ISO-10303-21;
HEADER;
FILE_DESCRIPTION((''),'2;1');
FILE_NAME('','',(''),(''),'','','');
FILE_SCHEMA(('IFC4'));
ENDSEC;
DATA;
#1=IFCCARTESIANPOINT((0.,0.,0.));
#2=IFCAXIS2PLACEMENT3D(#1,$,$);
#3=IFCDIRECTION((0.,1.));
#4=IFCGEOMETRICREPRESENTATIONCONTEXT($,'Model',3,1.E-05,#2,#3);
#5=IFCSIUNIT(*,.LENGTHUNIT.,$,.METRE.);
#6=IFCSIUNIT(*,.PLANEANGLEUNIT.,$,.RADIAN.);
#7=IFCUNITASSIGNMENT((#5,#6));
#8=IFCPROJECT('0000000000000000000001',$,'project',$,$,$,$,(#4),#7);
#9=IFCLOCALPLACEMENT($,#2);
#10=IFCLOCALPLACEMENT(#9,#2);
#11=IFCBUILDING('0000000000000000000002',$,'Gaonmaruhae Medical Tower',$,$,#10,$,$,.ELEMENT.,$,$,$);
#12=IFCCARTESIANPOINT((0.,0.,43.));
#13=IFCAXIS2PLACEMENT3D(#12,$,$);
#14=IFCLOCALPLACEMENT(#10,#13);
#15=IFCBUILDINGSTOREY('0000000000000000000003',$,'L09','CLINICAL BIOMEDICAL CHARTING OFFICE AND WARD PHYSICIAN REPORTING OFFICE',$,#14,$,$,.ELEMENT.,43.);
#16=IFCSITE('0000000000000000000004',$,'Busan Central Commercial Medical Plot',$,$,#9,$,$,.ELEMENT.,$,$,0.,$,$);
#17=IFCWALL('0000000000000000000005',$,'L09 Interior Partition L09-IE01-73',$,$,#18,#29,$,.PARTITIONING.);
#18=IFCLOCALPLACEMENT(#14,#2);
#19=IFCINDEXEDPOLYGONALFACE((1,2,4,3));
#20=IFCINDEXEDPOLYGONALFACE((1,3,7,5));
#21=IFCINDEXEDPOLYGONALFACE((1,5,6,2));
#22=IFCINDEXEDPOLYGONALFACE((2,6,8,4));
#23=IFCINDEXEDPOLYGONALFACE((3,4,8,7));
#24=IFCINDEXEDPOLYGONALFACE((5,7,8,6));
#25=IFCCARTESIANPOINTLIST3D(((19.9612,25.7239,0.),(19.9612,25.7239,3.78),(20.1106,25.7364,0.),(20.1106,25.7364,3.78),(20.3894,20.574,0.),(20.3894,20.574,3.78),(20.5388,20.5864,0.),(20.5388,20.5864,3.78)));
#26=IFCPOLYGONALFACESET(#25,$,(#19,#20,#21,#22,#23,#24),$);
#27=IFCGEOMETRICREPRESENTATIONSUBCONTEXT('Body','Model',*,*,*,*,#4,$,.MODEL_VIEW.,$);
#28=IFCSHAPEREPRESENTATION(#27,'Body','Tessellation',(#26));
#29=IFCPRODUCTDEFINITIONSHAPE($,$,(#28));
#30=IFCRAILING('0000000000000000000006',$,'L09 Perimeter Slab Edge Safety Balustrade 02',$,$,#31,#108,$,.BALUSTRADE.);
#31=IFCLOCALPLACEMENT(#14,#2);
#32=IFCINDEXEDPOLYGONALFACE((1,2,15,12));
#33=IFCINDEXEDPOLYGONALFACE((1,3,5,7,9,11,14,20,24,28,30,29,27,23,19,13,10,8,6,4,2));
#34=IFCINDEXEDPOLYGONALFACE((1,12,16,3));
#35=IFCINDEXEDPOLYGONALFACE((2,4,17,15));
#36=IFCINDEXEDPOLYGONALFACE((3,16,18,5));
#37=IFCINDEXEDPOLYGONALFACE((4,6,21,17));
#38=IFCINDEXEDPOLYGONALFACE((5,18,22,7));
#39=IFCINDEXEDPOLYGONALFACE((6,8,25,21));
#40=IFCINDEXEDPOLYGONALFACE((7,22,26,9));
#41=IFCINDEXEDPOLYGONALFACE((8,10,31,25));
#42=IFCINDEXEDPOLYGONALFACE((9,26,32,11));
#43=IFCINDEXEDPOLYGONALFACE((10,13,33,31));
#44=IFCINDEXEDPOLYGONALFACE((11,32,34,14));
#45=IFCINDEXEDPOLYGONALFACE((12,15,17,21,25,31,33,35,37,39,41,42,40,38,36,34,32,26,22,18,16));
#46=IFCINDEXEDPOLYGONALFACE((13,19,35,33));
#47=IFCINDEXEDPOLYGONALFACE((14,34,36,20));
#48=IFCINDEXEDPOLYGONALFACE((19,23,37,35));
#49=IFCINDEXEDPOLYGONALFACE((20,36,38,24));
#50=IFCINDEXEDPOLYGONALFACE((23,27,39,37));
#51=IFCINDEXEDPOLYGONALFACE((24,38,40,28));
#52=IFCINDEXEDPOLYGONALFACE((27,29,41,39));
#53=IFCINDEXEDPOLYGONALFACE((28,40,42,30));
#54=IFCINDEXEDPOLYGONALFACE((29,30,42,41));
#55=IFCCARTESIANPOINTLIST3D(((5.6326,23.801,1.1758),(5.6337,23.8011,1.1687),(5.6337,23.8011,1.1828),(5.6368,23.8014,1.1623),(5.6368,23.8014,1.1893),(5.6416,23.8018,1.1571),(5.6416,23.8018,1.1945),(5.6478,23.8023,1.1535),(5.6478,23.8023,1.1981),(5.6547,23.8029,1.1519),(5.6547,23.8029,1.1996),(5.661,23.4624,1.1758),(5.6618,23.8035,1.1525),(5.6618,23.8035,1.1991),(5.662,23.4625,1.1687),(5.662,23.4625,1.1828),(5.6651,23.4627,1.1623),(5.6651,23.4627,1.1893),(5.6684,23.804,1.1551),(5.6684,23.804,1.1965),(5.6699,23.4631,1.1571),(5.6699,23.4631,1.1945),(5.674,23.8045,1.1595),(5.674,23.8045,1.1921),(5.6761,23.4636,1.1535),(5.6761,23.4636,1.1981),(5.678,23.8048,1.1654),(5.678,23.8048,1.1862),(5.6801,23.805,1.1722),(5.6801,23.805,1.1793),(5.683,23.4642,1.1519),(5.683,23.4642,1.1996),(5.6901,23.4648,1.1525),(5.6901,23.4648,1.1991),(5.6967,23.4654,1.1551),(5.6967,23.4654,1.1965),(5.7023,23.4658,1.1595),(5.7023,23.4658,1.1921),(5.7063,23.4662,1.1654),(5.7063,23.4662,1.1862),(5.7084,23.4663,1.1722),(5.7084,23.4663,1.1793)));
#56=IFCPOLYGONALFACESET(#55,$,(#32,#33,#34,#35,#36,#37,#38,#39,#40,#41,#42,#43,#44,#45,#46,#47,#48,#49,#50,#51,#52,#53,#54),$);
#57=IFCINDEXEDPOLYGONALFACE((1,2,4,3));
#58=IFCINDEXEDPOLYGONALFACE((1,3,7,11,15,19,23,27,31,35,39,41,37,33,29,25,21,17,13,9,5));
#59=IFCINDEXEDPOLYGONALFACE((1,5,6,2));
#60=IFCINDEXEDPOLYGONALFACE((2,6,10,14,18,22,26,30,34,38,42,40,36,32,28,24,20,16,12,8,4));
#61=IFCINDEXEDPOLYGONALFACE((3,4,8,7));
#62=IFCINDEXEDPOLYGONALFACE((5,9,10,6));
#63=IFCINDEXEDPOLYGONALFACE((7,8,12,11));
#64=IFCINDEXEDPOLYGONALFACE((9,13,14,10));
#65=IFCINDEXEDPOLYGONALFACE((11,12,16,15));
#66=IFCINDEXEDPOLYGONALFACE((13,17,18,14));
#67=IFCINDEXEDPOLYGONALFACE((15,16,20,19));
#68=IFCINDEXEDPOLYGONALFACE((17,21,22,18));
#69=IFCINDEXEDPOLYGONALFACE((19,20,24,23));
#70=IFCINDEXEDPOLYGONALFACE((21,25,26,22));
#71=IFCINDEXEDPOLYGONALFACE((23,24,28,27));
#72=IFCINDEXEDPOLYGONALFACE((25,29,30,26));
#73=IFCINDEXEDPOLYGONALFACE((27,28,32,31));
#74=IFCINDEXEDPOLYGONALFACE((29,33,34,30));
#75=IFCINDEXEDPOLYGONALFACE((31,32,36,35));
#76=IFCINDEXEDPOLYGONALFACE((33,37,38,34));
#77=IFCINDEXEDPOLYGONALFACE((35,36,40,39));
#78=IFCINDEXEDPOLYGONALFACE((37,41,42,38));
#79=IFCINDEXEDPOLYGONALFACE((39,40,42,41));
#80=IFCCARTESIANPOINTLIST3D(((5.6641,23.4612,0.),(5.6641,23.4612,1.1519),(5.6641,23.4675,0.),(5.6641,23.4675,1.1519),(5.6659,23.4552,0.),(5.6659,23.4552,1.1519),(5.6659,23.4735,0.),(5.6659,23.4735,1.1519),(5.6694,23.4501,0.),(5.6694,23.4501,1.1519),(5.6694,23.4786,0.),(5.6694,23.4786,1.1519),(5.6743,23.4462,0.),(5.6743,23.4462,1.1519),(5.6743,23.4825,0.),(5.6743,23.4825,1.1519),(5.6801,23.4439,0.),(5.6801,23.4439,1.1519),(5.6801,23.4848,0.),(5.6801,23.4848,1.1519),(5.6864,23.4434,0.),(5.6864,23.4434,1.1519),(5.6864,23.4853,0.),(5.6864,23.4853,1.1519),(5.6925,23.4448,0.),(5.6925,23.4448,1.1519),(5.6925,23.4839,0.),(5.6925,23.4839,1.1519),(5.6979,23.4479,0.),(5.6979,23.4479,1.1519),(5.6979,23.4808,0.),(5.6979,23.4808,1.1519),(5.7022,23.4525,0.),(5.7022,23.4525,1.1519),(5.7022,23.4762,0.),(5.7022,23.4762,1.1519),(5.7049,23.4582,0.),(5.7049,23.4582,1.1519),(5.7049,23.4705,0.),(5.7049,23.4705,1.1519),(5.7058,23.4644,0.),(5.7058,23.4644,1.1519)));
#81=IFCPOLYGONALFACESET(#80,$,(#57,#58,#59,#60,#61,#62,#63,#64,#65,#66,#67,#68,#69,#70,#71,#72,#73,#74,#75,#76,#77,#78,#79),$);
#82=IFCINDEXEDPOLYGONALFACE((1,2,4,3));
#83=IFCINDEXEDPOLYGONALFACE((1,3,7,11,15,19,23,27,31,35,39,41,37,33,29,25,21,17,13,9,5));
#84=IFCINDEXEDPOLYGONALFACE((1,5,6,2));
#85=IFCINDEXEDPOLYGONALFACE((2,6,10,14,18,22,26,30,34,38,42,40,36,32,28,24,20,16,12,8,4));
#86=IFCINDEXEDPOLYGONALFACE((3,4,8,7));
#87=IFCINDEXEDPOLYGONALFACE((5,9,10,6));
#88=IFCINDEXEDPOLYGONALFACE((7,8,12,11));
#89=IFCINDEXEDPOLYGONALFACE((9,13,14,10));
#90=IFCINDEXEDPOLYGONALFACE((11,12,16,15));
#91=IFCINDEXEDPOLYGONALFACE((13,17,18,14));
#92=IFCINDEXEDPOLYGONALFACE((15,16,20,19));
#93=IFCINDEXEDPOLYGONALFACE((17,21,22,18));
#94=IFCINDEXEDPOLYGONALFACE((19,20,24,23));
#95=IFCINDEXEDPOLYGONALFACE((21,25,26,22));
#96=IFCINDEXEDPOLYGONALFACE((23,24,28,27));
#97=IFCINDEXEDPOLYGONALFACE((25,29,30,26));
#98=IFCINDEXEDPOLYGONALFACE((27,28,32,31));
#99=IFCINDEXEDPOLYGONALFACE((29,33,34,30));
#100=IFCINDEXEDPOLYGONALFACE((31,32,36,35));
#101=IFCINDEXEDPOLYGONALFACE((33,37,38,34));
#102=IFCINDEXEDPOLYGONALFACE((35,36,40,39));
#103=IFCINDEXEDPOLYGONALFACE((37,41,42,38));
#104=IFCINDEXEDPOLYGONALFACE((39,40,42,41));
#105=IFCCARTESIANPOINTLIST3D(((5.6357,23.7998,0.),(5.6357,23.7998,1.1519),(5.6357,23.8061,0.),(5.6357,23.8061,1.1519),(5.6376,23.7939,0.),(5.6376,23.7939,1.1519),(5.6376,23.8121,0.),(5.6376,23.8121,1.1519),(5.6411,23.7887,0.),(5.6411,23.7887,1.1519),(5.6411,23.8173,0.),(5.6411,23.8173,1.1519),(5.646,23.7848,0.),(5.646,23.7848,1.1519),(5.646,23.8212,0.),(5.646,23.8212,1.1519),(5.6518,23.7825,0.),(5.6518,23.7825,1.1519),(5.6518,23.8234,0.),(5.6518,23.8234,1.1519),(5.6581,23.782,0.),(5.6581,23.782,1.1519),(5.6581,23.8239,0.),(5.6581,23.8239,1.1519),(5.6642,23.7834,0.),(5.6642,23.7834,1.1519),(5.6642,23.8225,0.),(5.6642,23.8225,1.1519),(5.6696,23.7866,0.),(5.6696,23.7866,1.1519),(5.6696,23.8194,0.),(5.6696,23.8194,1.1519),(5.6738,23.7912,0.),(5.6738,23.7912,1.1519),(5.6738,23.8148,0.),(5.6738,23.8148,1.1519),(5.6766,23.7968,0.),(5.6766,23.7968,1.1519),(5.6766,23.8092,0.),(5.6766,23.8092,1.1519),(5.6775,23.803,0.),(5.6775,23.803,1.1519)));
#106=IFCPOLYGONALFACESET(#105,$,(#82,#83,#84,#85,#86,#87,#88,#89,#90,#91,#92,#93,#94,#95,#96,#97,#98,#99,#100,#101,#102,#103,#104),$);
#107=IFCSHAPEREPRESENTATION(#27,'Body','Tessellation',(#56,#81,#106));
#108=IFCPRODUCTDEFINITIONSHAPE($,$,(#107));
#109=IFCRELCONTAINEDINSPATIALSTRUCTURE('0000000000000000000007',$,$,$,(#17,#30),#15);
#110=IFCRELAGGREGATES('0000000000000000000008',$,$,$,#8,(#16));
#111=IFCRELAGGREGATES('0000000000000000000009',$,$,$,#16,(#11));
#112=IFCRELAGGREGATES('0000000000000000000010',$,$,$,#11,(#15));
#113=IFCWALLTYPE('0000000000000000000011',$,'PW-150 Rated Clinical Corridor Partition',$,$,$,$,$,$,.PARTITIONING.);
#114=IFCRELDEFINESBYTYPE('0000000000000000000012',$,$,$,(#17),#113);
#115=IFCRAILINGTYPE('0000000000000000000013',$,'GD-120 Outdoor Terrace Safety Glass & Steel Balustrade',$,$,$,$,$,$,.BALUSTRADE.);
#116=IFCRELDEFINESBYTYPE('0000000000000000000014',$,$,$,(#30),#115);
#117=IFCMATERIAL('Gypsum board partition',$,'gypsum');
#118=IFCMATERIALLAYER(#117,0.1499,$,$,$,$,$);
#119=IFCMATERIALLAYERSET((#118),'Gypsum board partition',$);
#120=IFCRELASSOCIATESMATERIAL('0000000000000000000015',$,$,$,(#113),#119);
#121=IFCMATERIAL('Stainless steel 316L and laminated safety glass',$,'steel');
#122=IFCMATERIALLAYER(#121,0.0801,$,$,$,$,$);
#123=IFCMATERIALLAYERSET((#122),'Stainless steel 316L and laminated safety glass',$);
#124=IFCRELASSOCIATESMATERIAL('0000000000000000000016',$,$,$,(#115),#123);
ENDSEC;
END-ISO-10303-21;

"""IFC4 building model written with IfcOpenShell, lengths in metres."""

from ifc_helpers import new_model, si_unit, direction, frame, frame_2d, origin, origin_2d, place, context, subcontext, project, spatial, rectangle, circle, extrude, material, layer, layer_set, type_object, element, save


model = new_model("IFC4")

# Units and contexts
model_context = context("Model", 3, precision=1e-05, world=origin(), true_north=direction((0.0, 1.0)))
body_context = subcontext(model_context, "Body", "Model", "MODEL_VIEW")
ifc_project = project(units=[si_unit("LENGTHUNIT", "METRE"), si_unit("PLANEANGLEUNIT", "RADIAN")], contexts=[model_context])

# Site, building, storey
site_placement = place(None, origin())
site = spatial("IfcSite", under=ifc_project, at=site_placement, Name="Busan Central Commercial Medical Plot", CompositionType="ELEMENT", RefElevation=0.0)
building_placement = place(site_placement, origin())
building = spatial("IfcBuilding", under=site, at=building_placement, Name="Gaonmaruhae Medical Tower", CompositionType="ELEMENT")
storey_placement = place(building_placement, frame((0.0, 0.0, 43.0)))
storey = spatial("IfcBuildingStorey", under=building, at=storey_placement, Name="L09", Description="CLINICAL BIOMEDICAL CHARTING OFFICE AND WARD PHYSICIAN REPORTING OFFICE", CompositionType="ELEMENT", Elevation=43.0)

# Shared definitions
ifc_material_1 = material(Name="Gypsum board partition", Category="gypsum")
ifc_layer_1 = layer(ifc_material_1, 0.1499)
ifc_layer_set_1 = layer_set([ifc_layer_1], Name="Gypsum board partition")
wall_type_1 = type_object("IfcWallType", Name="PW-150 Rated Clinical Corridor Partition", PredefinedType="PARTITIONING", material=ifc_layer_set_1)

# Wall
wall_1_placement = place(storey_placement, frame((20.4641, 20.5801, 0.0), z_axis=(0.0, 0.0, 1.0), x_axis=(-0.082866, 0.996561, 0.0)))
element("IfcWall", 1, at=wall_1_placement, inside=storey, type_object=wall_type_1, Name="L09 Interior Partition L09-IE01-73", PredefinedType="PARTITIONING", context=body_context, shape_type="SweptSolid", body=[
    extrude(rectangle(XDim=5.1677, YDim=0.1499, at=frame_2d((2.584, 0.0))), origin(), (0.0, 0.0, 1.0), 3.78),
])

# Railing
ifc_material_2 = material(Name="Stainless steel 316L and laminated safety glass", Category="steel")
ifc_layer_2 = layer(ifc_material_2, 0.0801)
ifc_layer_set_2 = layer_set([ifc_layer_2], Name="Stainless steel 316L and laminated safety glass")
railing_type = type_object("IfcRailingType", Name="GD-120 Outdoor Terrace Safety Glass & Steel Balustrade", PredefinedType="BALUSTRADE", material=ifc_layer_set_2)
railing_placement = place(storey_placement, frame((5.6848, 23.4644, 0.0)))
element("IfcRailing", 2, at=railing_placement, inside=storey, type_object=railing_type, Name="L09 Perimeter Slab Edge Safety Balustrade 02", PredefinedType="BALUSTRADE", context=body_context, shape_type="SweptSolid", body=[
    extrude(circle(Radius=0.0239, at=origin_2d()), frame((0.0, 0.0, 1.1758), z_axis=(-0.083343, 0.996521, 0.0), x_axis=(-0.996521, -0.083343, 0.0)), (0.0, 0.0, 1.0), 0.3398),
    extrude(circle(Radius=0.021, at=origin_2d()), origin(), (0.0, 0.0, 1.0), 1.1519),
    extrude(circle(Radius=0.021, at=origin_2d()), frame((-0.0283, 0.3386, 0.0)), (0.0, 0.0, 1.0), 1.1519),
])

save(model, "model.ifc")
